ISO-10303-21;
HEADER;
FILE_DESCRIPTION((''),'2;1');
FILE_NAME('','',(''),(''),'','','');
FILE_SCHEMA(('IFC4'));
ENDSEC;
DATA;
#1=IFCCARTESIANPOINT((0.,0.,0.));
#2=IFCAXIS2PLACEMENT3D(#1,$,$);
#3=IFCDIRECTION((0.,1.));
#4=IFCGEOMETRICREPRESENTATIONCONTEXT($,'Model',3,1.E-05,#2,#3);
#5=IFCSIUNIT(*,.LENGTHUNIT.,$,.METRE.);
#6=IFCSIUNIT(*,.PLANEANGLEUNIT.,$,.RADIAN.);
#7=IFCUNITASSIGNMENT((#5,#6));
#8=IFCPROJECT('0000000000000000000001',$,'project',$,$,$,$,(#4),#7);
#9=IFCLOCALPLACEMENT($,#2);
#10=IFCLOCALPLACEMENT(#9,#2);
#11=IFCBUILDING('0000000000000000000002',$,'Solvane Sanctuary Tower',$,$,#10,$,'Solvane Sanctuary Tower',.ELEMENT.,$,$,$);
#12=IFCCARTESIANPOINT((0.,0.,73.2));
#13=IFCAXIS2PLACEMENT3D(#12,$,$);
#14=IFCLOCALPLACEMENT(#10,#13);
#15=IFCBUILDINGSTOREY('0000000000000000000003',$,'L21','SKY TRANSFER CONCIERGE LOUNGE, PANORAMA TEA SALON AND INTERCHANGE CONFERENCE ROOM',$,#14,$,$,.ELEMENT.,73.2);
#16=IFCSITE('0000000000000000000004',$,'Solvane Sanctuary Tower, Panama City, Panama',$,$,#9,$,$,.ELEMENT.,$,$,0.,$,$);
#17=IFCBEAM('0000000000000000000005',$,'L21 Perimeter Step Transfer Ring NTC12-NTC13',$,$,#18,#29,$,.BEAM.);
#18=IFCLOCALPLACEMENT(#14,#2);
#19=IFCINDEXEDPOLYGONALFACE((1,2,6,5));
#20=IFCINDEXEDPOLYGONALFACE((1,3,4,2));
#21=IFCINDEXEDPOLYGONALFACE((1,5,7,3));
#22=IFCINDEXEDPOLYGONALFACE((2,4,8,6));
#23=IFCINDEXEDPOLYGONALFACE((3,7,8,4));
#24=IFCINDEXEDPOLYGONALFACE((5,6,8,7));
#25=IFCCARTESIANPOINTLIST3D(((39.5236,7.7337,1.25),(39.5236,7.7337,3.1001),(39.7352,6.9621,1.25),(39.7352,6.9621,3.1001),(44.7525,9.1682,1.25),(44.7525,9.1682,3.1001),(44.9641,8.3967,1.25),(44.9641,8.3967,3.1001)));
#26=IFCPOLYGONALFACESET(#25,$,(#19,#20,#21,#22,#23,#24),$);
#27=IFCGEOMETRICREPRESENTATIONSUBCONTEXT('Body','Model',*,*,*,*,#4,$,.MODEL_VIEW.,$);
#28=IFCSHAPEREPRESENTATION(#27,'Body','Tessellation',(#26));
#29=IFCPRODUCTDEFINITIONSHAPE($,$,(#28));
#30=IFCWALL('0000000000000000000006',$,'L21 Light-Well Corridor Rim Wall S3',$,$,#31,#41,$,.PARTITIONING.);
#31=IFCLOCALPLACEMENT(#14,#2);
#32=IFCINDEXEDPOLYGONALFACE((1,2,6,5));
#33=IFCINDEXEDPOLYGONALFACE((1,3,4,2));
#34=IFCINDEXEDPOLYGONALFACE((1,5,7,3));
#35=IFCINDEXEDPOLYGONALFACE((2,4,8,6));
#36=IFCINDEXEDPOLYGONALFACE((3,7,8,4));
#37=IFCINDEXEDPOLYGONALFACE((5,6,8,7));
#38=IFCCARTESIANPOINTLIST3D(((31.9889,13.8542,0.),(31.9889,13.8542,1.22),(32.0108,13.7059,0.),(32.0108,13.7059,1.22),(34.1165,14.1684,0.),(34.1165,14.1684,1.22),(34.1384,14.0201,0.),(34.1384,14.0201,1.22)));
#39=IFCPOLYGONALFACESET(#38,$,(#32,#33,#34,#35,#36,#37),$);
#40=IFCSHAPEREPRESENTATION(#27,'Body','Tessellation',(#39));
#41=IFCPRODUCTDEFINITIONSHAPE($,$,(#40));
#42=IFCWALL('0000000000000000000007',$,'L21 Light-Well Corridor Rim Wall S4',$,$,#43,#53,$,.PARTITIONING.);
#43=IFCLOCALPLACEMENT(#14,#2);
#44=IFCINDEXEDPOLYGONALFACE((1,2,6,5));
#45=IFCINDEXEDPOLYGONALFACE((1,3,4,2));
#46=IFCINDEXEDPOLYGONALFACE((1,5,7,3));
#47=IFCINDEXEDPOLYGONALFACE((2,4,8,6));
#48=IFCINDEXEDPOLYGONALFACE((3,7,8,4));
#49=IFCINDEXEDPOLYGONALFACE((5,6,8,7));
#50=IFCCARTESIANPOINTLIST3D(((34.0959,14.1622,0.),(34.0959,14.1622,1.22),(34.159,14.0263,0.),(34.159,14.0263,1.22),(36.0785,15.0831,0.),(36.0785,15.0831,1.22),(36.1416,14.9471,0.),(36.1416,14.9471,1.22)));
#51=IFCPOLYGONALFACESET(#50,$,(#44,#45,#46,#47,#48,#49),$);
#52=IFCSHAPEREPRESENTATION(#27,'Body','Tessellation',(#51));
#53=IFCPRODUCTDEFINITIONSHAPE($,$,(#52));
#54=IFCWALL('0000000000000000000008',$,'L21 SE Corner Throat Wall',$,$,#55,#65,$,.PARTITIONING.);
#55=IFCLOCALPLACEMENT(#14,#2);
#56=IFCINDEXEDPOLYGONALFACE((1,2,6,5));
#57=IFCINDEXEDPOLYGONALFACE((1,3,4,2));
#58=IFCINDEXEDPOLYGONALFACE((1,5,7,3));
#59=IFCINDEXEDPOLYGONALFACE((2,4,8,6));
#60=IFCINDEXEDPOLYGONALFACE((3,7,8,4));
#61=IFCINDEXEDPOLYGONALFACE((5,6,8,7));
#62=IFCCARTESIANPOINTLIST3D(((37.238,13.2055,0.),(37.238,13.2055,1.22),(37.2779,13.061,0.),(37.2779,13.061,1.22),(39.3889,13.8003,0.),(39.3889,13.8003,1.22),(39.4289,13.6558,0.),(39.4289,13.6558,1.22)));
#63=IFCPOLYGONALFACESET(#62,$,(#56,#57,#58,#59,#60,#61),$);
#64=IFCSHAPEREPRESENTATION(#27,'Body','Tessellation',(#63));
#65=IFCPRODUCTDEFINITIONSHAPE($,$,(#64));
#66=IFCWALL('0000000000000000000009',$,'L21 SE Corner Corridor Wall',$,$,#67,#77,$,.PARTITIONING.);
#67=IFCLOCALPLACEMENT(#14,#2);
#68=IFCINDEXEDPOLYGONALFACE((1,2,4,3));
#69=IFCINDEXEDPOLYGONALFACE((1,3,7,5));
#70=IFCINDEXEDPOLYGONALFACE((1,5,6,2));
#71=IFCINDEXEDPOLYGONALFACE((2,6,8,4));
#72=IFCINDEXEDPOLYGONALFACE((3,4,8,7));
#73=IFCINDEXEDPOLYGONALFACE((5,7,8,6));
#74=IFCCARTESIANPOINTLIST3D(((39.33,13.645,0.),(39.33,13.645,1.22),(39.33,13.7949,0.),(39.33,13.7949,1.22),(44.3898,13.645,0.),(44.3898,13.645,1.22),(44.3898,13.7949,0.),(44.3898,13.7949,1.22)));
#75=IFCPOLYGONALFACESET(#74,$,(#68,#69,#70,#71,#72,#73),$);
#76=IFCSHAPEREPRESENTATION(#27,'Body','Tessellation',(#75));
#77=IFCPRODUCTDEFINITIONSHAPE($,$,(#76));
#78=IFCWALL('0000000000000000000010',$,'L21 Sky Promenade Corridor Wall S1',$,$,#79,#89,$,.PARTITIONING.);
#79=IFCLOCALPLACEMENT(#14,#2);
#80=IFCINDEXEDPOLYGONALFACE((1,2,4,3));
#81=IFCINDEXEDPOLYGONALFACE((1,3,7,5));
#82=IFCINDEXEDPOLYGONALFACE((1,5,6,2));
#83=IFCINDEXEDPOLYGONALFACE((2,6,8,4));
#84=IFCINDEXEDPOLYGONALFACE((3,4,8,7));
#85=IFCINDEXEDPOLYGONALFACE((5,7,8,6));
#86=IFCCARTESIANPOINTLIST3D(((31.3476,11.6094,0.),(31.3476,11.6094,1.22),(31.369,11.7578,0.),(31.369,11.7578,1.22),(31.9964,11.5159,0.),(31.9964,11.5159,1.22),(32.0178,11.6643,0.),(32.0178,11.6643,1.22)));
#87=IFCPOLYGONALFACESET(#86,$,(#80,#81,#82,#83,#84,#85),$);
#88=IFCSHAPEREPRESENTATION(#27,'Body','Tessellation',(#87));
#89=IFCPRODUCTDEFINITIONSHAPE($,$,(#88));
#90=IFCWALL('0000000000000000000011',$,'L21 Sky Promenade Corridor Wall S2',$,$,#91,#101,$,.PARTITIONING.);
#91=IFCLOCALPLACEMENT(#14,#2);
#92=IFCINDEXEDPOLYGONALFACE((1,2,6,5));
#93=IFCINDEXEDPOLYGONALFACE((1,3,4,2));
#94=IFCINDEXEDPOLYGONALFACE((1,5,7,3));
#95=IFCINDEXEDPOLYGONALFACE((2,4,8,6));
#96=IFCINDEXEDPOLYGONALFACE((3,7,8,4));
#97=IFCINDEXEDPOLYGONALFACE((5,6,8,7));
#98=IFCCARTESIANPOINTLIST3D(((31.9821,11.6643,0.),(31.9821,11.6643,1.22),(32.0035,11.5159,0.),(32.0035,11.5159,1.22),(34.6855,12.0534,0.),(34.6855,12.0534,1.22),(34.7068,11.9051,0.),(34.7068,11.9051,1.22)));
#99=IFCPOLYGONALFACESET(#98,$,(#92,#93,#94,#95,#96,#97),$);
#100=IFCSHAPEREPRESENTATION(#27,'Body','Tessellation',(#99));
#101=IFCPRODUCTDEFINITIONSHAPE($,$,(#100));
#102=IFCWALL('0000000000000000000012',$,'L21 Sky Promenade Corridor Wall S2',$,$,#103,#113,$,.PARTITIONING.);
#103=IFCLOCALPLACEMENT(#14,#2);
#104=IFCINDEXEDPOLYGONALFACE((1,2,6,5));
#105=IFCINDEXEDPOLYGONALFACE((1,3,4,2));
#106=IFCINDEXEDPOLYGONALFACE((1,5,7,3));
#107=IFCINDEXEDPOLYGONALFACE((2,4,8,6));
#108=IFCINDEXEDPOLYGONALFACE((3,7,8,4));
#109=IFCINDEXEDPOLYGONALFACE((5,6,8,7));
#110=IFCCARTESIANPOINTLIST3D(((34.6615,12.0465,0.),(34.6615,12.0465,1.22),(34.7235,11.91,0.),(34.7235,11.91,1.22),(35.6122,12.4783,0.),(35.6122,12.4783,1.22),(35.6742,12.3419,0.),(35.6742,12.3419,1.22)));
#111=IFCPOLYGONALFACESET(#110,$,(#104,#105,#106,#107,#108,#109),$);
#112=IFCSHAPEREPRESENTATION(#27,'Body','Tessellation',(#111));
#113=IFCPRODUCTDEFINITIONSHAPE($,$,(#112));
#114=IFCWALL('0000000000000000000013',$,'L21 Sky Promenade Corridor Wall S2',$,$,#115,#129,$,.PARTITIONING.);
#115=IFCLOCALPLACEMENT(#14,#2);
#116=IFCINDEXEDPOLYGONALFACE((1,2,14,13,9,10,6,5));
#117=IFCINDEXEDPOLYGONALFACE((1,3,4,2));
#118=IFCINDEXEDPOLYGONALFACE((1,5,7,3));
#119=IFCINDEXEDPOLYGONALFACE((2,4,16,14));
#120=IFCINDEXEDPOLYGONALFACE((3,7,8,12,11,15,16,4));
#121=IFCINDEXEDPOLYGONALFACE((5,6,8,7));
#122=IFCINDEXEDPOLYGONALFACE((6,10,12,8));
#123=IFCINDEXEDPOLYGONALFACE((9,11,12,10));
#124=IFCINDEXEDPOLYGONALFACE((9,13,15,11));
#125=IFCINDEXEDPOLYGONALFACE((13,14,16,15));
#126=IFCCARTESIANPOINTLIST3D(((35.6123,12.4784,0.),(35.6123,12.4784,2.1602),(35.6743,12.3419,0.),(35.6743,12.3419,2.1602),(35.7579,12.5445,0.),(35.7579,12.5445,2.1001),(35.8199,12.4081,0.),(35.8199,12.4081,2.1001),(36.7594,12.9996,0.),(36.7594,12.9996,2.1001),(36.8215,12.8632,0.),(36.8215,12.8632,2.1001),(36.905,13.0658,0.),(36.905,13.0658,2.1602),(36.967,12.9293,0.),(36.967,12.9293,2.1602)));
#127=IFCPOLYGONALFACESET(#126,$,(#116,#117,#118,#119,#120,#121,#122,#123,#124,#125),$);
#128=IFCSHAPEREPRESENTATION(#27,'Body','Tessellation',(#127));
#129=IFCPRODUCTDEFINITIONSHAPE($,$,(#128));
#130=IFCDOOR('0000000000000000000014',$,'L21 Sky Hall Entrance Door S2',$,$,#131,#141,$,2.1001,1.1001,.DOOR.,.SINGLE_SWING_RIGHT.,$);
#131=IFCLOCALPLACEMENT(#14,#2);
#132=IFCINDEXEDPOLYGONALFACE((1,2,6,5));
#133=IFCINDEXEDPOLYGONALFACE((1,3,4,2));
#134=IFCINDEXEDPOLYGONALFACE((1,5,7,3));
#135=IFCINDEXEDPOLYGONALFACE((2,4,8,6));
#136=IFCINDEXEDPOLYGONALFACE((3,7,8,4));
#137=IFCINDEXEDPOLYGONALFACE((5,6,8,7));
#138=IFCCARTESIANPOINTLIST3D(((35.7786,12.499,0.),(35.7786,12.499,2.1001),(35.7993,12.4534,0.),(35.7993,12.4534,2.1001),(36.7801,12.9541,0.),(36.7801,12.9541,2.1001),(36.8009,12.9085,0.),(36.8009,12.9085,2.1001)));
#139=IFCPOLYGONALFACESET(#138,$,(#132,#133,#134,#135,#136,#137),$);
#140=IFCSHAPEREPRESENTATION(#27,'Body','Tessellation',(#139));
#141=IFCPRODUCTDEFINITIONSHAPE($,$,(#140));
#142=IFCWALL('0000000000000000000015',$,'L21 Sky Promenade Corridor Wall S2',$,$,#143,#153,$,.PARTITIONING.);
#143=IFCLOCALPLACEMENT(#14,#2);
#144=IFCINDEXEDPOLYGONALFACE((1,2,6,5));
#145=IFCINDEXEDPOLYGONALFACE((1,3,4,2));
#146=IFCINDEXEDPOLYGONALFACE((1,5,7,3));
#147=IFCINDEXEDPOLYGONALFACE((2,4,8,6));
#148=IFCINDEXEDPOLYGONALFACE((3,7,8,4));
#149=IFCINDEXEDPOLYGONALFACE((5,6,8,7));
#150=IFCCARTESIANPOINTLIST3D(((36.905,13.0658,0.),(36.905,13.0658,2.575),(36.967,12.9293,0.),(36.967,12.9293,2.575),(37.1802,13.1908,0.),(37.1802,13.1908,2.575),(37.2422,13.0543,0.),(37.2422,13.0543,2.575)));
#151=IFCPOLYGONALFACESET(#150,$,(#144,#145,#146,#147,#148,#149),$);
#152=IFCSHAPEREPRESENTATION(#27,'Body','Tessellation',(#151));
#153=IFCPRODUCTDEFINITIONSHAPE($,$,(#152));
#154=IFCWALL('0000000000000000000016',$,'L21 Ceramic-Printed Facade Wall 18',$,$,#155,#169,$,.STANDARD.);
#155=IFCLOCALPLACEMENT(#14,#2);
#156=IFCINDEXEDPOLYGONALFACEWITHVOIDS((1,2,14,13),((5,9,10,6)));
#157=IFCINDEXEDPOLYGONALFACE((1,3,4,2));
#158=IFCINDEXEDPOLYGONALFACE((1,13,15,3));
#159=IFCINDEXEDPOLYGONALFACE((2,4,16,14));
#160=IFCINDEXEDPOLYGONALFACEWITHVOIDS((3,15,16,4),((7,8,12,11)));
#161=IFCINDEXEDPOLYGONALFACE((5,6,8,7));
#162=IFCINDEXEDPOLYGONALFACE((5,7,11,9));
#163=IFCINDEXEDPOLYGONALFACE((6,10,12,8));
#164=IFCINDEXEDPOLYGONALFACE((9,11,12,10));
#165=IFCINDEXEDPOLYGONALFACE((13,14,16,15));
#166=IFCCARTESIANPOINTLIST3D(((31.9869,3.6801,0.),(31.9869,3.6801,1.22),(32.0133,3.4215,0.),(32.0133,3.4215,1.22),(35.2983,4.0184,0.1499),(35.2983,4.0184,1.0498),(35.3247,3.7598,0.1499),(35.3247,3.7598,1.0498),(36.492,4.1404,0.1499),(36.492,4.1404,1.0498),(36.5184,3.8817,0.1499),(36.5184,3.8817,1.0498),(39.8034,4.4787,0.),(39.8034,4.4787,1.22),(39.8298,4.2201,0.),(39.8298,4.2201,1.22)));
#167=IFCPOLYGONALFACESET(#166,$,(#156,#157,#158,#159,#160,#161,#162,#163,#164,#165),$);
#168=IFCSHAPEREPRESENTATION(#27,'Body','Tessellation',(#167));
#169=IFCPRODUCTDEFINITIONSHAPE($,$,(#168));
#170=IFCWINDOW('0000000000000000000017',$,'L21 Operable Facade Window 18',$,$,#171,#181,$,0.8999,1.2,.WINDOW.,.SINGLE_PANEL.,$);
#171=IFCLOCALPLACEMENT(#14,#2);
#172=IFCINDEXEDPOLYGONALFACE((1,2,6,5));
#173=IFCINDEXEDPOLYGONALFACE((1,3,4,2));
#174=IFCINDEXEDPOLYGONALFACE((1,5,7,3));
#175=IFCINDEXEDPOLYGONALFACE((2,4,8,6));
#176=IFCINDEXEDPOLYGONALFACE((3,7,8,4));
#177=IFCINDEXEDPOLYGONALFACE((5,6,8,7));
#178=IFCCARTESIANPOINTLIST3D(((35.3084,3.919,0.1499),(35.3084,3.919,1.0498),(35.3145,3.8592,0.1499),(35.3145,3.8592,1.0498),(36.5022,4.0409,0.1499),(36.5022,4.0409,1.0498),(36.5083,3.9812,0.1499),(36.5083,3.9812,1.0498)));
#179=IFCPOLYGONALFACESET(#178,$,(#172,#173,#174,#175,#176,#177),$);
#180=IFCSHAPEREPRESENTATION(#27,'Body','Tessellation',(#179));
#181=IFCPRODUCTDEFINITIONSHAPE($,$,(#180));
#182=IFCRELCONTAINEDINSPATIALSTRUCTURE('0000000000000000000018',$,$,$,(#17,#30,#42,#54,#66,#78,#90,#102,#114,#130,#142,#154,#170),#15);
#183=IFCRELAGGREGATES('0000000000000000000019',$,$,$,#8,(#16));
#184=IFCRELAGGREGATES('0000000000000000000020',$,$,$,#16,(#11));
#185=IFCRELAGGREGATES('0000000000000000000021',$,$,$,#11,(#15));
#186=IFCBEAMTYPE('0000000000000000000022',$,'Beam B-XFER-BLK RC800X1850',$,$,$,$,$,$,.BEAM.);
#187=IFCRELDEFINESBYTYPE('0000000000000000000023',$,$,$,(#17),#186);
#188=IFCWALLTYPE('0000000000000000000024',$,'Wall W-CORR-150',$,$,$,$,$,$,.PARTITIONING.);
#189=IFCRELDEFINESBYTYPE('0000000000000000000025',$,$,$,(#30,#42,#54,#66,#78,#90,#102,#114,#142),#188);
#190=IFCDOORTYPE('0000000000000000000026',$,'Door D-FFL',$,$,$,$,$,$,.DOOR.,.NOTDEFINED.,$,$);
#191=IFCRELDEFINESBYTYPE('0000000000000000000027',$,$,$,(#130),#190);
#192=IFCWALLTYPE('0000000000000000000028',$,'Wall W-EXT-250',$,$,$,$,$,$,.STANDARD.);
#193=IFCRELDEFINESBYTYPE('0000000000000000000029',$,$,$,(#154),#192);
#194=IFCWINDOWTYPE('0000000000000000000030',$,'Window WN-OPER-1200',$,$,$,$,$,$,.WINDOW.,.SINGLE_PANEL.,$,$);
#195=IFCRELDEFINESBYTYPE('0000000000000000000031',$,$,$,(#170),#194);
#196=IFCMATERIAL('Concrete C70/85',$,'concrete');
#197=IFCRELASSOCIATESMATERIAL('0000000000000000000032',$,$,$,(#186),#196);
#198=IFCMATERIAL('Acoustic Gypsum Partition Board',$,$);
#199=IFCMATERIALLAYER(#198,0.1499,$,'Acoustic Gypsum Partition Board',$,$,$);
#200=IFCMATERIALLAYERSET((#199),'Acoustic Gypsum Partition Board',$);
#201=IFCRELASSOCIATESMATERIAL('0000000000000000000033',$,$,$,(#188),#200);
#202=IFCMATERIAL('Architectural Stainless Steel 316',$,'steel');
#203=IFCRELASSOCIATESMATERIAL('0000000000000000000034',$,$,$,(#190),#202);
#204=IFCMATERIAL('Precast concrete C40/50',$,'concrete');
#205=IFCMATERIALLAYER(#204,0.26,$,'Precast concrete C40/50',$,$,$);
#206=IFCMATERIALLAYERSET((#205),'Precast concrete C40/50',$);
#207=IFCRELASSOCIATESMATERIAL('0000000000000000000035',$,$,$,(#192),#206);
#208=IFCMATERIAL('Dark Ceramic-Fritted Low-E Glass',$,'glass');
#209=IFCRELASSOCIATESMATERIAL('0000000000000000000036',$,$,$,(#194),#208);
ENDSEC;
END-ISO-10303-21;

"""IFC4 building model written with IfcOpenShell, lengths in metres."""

from ifc_helpers import new_model, si_unit, direction, frame, frame_2d, origin, origin_2d, place, context, subcontext, project, spatial, rectangle, extrude, material, layer, layer_set, material_profile, profile_set, type_object, element, fill, save


model = new_model("IFC4")

# Units and contexts
model_context = context("Model", 3, precision=1e-05, world=origin(), true_north=direction((0.0, 1.0)))
body_context = subcontext(model_context, "Body", "Model", "MODEL_VIEW")
ifc_project = project(units=[si_unit("LENGTHUNIT", "METRE"), si_unit("PLANEANGLEUNIT", "RADIAN")], contexts=[model_context])

# Site, building, storey
site_placement = place(None, origin())
site = spatial("IfcSite", under=ifc_project, at=site_placement, Name="Solvane Sanctuary Tower, Panama City, Panama", CompositionType="ELEMENT", RefElevation=0.0)
building_placement = place(site_placement, origin())
building = spatial("IfcBuilding", under=site, at=building_placement, Name="Solvane Sanctuary Tower", LongName="Solvane Sanctuary Tower", CompositionType="ELEMENT")
storey_placement = place(building_placement, frame((0.0, 0.0, 73.2)))
storey = spatial("IfcBuildingStorey", under=building, at=storey_placement, Name="L21", Description="SKY TRANSFER CONCIERGE LOUNGE, PANORAMA TEA SALON AND INTERCHANGE CONFERENCE ROOM", CompositionType="ELEMENT", Elevation=73.2)

# Beam
ifc_material_1 = material(Name="Concrete C70/85", Category="concrete")
ifc_material_profile_1 = material_profile(ifc_material_1, rectangle(XDim=0.8, YDim=1.8501, at=origin_2d()), Name="RC800X1850")
ifc_profile_set_1 = profile_set([ifc_material_profile_1], Name="Concrete C70/85")
beam_type_1 = type_object("IfcBeamType", Name="Beam B-XFER-BLK RC800X1850", PredefinedType="BEAM", material=ifc_profile_set_1)
beam_1_placement = place(storey_placement, frame((39.6294, 7.3479, 2.175), z_axis=(0.964366, 0.264572, 0.0), x_axis=(-0.264572, 0.964366, 0.0)))
element("IfcBeam", 1, at=beam_1_placement, inside=storey, type_object=beam_type_1, Name="L21 Perimeter Step Transfer Ring NTC12-NTC13", PredefinedType="BEAM", context=body_context, shape_type="SweptSolid", body=[
    extrude(rectangle(XDim=0.8, YDim=1.8501, at=origin_2d()), origin(), (0.0, 0.0, 1.0), 5.4221),
])

# Walls
ifc_material_2 = material(Name="Acoustic Gypsum Partition Board")
ifc_layer_1 = layer(ifc_material_2, 0.1499, Name="Acoustic Gypsum Partition Board")
ifc_layer_set_1 = layer_set([ifc_layer_1], Name="Acoustic Gypsum Partition Board")
wall_type_1 = type_object("IfcWallType", Name="Wall W-CORR-150", PredefinedType="PARTITIONING", material=ifc_layer_set_1)
wall_1_placement = place(storey_placement, frame((32.0, 13.78, 0.0), z_axis=(0.0, 0.0, 1.0), x_axis=(0.989269, 0.146108, 0.0)))
element("IfcWall", 2, at=wall_1_placement, inside=storey, type_object=wall_type_1, Name="L21 Light-Well Corridor Rim Wall S3", PredefinedType="PARTITIONING", context=body_context, shape_type="SweptSolid", body=[
    extrude(rectangle(XDim=2.1506, YDim=0.1499, at=frame_2d((1.0752, 0.0))), origin(), (0.0, 0.0, 1.0), 1.22),
])
wall_2_placement = place(storey_placement, frame((34.1274, 14.0942, 0.0), z_axis=(0.0, 0.0, 1.0), x_axis=(0.906943, 0.421252, 0.0)))
element("IfcWall", 3, at=wall_2_placement, inside=storey, type_object=wall_type_1, Name="L21 Light-Well Corridor Rim Wall S4", PredefinedType="PARTITIONING", context=body_context, shape_type="SweptSolid", body=[
    extrude(rectangle(XDim=2.186, YDim=0.1499, at=frame_2d((1.093, 0.0))), origin(), (0.0, 0.0, 1.0), 1.22),
])
wall_3_placement = place(storey_placement, frame((37.2581, 13.1333, 0.0), z_axis=(0.0, 0.0, 1.0), x_axis=(0.963834, 0.266504, 0.0)))
element("IfcWall", 4, at=wall_3_placement, inside=storey, type_object=wall_type_1, Name="L21 SE Corner Throat Wall", PredefinedType="PARTITIONING", context=body_context, shape_type="SweptSolid", body=[
    extrude(rectangle(XDim=2.2317, YDim=0.1499, at=frame_2d((1.1157, 0.0))), origin(), (0.0, 0.0, 1.0), 1.22),
])
wall_4_placement = place(storey_placement, frame((39.3301, 13.72, 0.0), z_axis=(0.0, 0.0, 1.0), x_axis=(1.0, 0.0, 0.0)))
element("IfcWall", 5, at=wall_4_placement, inside=storey, type_object=wall_type_1, Name="L21 SE Corner Corridor Wall", PredefinedType="PARTITIONING", context=body_context, shape_type="SweptSolid", body=[
    extrude(rectangle(XDim=5.0598, YDim=0.1499, at=frame_2d((2.5298, 0.0))), origin(), (0.0, 0.0, 1.0), 1.22),
])
wall_5_placement = place(storey_placement, frame((31.3584, 11.6836, 0.0), z_axis=(0.0, 0.0, 1.0), x_axis=(0.989777, -0.14262, 0.0)))
element("IfcWall", 6, at=wall_5_placement, inside=storey, type_object=wall_type_1, Name="L21 Sky Promenade Corridor Wall S1", PredefinedType="PARTITIONING", context=body_context, shape_type="SweptSolid", body=[
    extrude(rectangle(XDim=0.6555, YDim=0.1499, at=frame_2d((0.3276, 0.0))), origin(), (0.0, 0.0, 1.0), 1.22),
])
wall_6_placement = place(storey_placement, frame((31.9927, 11.5901, 0.0), z_axis=(0.0, 0.0, 1.0), x_axis=(0.989797, 0.142485, 0.0)))
element("IfcWall", 7, at=wall_6_placement, inside=storey, type_object=wall_type_1, Name="L21 Sky Promenade Corridor Wall S2", PredefinedType="PARTITIONING", context=body_context, shape_type="SweptSolid", body=[
    extrude(rectangle(XDim=2.7312, YDim=0.1499, at=frame_2d((1.3657, 0.0))), origin(), (0.0, 0.0, 1.0), 1.22),
])
wall_7_placement = place(storey_placement, frame((34.6926, 11.9783, 0.0), z_axis=(0.0, 0.0, 1.0), x_axis=(0.910455, 0.413609, 0.0)))
element("IfcWall", 8, at=wall_7_placement, inside=storey, type_object=wall_type_1, Name="L21 Sky Promenade Corridor Wall S2", PredefinedType="PARTITIONING", context=body_context, shape_type="SweptSolid", body=[
    extrude(rectangle(XDim=1.0442, YDim=0.1499, at=frame_2d((0.522, 0.0))), origin(), (0.0, 0.0, 1.0), 1.22),
])

# Wall, opening, door
wall_8_placement = place(storey_placement, frame((35.6433, 12.4102, 0.0), z_axis=(0.0, 0.0, 1.0), x_axis=(0.910419, 0.413686, 0.0)))
wall_8 = element("IfcWall", 9, at=wall_8_placement, inside=storey, type_object=wall_type_1, Name="L21 Sky Promenade Corridor Wall S2", PredefinedType="PARTITIONING", context=body_context, shape_type="SweptSolid", body=[
    extrude(rectangle(XDim=1.4199, YDim=0.1499, at=frame_2d((0.71, 0.0))), origin(), (0.0, 0.0, 1.0), 2.1602),
])
opening_1_placement = place(wall_8_placement, frame((0.1599, 0.0, 0.0)))
opening_1 = element("IfcOpeningElement", 10, at=opening_1_placement, cuts=wall_8, PredefinedType="OPENING", context=body_context, shape_type="SweptSolid", body=[
    extrude(rectangle(XDim=1.1001, YDim=2.1001, at=frame_2d((0.55, 1.05))), frame((0.0, 0.085, 0.0), z_axis=(0.0, -1.0, 0.0), x_axis=(1.0, 0.0, 0.0)), (0.0, 0.0, 1.0), 0.1699),
])
ifc_material_3 = material(Name="Architectural Stainless Steel 316", Category="steel")
door_type = type_object("IfcDoorType", Name="Door D-FFL", OperationType="NOTDEFINED", PredefinedType="DOOR", material=ifc_material_3)
door_placement = place(opening_1_placement, origin())
door = element("IfcDoor", 11, at=door_placement, inside=storey, type_object=door_type, Name="L21 Sky Hall Entrance Door S2", OperationType="SINGLE_SWING_RIGHT", OverallHeight=2.1001, OverallWidth=1.1001, PredefinedType="DOOR", context=body_context, shape_type="SweptSolid", body=[
    extrude(rectangle(XDim=1.1001, YDim=2.1001, at=frame_2d((0.55, 1.05))), frame((0.0, 0.0249, 0.0), z_axis=(0.0, -1.0, 0.0), x_axis=(1.0, 0.0, 0.0)), (0.0, 0.0, 1.0), 0.05),
])
fill(opening_1, door)

# Wall
wall_9_placement = place(storey_placement, frame((36.936, 12.9976, 0.0), z_axis=(0.0, 0.0, 1.0), x_axis=(0.910449, 0.41362, 0.0)))
element("IfcWall", 12, at=wall_9_placement, inside=storey, type_object=wall_type_1, Name="L21 Sky Promenade Corridor Wall S2", PredefinedType="PARTITIONING", context=body_context, shape_type="SweptSolid", body=[
    extrude(rectangle(XDim=0.3022, YDim=0.1499, at=frame_2d((0.1511, 0.0))), origin(), (0.0, 0.0, 1.0), 2.575),
])

# Wall, opening, window
ifc_material_4 = material(Name="Precast concrete C40/50", Category="concrete")
ifc_layer_2 = layer(ifc_material_4, 0.26, Name="Precast concrete C40/50")
ifc_layer_set_2 = layer_set([ifc_layer_2], Name="Precast concrete C40/50")
wall_type_2 = type_object("IfcWallType", Name="Wall W-EXT-250", PredefinedType="STANDARD", material=ifc_layer_set_2)
wall_10_placement = place(storey_placement, frame((32.0, 3.5508, 0.0), z_axis=(0.0, 0.0, 1.0), x_axis=(0.994821, 0.101639, 0.0)))
wall_10 = element("IfcWall", 13, at=wall_10_placement, inside=storey, type_object=wall_type_2, Name="L21 Ceramic-Printed Facade Wall 18", PredefinedType="STANDARD", context=body_context, shape_type="SweptSolid", body=[
    extrude(rectangle(XDim=7.8572, YDim=0.26, at=frame_2d((3.9287, 0.0))), origin(), (0.0, 0.0, 1.0), 1.22),
])
opening_2_placement = place(wall_10_placement, frame((3.3286, 0.0, 0.1499)))
opening_2 = element("IfcOpeningElement", 14, at=opening_2_placement, cuts=wall_10, PredefinedType="OPENING", context=body_context, shape_type="SweptSolid", body=[
    extrude(rectangle(XDim=1.2, YDim=0.8999, at=frame_2d((0.6001, 0.45))), frame((0.0, 0.1399, 0.0), z_axis=(0.0, -1.0, 0.0), x_axis=(1.0, 0.0, 0.0)), (0.0, 0.0, 1.0), 0.28),
])
ifc_material_5 = material(Name="Dark Ceramic-Fritted Low-E Glass", Category="glass")
window_type = type_object("IfcWindowType", Name="Window WN-OPER-1200", PartitioningType="SINGLE_PANEL", PredefinedType="WINDOW", material=ifc_material_5)
window_1_placement = place(opening_2_placement, origin())
window_1 = element("IfcWindow", 15, at=window_1_placement, inside=storey, type_object=window_type, Name="L21 Operable Facade Window 18", OverallHeight=0.8999, OverallWidth=1.2, PartitioningType="SINGLE_PANEL", PredefinedType="WINDOW", context=body_context, shape_type="SweptSolid", body=[
    extrude(rectangle(XDim=1.2, YDim=0.8999, at=frame_2d((0.6001, 0.45))), frame((0.0, 0.03, 0.0), z_axis=(0.0, -1.0, 0.0), x_axis=(1.0, 0.0, 0.0)), (0.0, 0.0, 1.0), 0.0601),
])
fill(opening_2, window_1)

save(model, "model.ifc")
